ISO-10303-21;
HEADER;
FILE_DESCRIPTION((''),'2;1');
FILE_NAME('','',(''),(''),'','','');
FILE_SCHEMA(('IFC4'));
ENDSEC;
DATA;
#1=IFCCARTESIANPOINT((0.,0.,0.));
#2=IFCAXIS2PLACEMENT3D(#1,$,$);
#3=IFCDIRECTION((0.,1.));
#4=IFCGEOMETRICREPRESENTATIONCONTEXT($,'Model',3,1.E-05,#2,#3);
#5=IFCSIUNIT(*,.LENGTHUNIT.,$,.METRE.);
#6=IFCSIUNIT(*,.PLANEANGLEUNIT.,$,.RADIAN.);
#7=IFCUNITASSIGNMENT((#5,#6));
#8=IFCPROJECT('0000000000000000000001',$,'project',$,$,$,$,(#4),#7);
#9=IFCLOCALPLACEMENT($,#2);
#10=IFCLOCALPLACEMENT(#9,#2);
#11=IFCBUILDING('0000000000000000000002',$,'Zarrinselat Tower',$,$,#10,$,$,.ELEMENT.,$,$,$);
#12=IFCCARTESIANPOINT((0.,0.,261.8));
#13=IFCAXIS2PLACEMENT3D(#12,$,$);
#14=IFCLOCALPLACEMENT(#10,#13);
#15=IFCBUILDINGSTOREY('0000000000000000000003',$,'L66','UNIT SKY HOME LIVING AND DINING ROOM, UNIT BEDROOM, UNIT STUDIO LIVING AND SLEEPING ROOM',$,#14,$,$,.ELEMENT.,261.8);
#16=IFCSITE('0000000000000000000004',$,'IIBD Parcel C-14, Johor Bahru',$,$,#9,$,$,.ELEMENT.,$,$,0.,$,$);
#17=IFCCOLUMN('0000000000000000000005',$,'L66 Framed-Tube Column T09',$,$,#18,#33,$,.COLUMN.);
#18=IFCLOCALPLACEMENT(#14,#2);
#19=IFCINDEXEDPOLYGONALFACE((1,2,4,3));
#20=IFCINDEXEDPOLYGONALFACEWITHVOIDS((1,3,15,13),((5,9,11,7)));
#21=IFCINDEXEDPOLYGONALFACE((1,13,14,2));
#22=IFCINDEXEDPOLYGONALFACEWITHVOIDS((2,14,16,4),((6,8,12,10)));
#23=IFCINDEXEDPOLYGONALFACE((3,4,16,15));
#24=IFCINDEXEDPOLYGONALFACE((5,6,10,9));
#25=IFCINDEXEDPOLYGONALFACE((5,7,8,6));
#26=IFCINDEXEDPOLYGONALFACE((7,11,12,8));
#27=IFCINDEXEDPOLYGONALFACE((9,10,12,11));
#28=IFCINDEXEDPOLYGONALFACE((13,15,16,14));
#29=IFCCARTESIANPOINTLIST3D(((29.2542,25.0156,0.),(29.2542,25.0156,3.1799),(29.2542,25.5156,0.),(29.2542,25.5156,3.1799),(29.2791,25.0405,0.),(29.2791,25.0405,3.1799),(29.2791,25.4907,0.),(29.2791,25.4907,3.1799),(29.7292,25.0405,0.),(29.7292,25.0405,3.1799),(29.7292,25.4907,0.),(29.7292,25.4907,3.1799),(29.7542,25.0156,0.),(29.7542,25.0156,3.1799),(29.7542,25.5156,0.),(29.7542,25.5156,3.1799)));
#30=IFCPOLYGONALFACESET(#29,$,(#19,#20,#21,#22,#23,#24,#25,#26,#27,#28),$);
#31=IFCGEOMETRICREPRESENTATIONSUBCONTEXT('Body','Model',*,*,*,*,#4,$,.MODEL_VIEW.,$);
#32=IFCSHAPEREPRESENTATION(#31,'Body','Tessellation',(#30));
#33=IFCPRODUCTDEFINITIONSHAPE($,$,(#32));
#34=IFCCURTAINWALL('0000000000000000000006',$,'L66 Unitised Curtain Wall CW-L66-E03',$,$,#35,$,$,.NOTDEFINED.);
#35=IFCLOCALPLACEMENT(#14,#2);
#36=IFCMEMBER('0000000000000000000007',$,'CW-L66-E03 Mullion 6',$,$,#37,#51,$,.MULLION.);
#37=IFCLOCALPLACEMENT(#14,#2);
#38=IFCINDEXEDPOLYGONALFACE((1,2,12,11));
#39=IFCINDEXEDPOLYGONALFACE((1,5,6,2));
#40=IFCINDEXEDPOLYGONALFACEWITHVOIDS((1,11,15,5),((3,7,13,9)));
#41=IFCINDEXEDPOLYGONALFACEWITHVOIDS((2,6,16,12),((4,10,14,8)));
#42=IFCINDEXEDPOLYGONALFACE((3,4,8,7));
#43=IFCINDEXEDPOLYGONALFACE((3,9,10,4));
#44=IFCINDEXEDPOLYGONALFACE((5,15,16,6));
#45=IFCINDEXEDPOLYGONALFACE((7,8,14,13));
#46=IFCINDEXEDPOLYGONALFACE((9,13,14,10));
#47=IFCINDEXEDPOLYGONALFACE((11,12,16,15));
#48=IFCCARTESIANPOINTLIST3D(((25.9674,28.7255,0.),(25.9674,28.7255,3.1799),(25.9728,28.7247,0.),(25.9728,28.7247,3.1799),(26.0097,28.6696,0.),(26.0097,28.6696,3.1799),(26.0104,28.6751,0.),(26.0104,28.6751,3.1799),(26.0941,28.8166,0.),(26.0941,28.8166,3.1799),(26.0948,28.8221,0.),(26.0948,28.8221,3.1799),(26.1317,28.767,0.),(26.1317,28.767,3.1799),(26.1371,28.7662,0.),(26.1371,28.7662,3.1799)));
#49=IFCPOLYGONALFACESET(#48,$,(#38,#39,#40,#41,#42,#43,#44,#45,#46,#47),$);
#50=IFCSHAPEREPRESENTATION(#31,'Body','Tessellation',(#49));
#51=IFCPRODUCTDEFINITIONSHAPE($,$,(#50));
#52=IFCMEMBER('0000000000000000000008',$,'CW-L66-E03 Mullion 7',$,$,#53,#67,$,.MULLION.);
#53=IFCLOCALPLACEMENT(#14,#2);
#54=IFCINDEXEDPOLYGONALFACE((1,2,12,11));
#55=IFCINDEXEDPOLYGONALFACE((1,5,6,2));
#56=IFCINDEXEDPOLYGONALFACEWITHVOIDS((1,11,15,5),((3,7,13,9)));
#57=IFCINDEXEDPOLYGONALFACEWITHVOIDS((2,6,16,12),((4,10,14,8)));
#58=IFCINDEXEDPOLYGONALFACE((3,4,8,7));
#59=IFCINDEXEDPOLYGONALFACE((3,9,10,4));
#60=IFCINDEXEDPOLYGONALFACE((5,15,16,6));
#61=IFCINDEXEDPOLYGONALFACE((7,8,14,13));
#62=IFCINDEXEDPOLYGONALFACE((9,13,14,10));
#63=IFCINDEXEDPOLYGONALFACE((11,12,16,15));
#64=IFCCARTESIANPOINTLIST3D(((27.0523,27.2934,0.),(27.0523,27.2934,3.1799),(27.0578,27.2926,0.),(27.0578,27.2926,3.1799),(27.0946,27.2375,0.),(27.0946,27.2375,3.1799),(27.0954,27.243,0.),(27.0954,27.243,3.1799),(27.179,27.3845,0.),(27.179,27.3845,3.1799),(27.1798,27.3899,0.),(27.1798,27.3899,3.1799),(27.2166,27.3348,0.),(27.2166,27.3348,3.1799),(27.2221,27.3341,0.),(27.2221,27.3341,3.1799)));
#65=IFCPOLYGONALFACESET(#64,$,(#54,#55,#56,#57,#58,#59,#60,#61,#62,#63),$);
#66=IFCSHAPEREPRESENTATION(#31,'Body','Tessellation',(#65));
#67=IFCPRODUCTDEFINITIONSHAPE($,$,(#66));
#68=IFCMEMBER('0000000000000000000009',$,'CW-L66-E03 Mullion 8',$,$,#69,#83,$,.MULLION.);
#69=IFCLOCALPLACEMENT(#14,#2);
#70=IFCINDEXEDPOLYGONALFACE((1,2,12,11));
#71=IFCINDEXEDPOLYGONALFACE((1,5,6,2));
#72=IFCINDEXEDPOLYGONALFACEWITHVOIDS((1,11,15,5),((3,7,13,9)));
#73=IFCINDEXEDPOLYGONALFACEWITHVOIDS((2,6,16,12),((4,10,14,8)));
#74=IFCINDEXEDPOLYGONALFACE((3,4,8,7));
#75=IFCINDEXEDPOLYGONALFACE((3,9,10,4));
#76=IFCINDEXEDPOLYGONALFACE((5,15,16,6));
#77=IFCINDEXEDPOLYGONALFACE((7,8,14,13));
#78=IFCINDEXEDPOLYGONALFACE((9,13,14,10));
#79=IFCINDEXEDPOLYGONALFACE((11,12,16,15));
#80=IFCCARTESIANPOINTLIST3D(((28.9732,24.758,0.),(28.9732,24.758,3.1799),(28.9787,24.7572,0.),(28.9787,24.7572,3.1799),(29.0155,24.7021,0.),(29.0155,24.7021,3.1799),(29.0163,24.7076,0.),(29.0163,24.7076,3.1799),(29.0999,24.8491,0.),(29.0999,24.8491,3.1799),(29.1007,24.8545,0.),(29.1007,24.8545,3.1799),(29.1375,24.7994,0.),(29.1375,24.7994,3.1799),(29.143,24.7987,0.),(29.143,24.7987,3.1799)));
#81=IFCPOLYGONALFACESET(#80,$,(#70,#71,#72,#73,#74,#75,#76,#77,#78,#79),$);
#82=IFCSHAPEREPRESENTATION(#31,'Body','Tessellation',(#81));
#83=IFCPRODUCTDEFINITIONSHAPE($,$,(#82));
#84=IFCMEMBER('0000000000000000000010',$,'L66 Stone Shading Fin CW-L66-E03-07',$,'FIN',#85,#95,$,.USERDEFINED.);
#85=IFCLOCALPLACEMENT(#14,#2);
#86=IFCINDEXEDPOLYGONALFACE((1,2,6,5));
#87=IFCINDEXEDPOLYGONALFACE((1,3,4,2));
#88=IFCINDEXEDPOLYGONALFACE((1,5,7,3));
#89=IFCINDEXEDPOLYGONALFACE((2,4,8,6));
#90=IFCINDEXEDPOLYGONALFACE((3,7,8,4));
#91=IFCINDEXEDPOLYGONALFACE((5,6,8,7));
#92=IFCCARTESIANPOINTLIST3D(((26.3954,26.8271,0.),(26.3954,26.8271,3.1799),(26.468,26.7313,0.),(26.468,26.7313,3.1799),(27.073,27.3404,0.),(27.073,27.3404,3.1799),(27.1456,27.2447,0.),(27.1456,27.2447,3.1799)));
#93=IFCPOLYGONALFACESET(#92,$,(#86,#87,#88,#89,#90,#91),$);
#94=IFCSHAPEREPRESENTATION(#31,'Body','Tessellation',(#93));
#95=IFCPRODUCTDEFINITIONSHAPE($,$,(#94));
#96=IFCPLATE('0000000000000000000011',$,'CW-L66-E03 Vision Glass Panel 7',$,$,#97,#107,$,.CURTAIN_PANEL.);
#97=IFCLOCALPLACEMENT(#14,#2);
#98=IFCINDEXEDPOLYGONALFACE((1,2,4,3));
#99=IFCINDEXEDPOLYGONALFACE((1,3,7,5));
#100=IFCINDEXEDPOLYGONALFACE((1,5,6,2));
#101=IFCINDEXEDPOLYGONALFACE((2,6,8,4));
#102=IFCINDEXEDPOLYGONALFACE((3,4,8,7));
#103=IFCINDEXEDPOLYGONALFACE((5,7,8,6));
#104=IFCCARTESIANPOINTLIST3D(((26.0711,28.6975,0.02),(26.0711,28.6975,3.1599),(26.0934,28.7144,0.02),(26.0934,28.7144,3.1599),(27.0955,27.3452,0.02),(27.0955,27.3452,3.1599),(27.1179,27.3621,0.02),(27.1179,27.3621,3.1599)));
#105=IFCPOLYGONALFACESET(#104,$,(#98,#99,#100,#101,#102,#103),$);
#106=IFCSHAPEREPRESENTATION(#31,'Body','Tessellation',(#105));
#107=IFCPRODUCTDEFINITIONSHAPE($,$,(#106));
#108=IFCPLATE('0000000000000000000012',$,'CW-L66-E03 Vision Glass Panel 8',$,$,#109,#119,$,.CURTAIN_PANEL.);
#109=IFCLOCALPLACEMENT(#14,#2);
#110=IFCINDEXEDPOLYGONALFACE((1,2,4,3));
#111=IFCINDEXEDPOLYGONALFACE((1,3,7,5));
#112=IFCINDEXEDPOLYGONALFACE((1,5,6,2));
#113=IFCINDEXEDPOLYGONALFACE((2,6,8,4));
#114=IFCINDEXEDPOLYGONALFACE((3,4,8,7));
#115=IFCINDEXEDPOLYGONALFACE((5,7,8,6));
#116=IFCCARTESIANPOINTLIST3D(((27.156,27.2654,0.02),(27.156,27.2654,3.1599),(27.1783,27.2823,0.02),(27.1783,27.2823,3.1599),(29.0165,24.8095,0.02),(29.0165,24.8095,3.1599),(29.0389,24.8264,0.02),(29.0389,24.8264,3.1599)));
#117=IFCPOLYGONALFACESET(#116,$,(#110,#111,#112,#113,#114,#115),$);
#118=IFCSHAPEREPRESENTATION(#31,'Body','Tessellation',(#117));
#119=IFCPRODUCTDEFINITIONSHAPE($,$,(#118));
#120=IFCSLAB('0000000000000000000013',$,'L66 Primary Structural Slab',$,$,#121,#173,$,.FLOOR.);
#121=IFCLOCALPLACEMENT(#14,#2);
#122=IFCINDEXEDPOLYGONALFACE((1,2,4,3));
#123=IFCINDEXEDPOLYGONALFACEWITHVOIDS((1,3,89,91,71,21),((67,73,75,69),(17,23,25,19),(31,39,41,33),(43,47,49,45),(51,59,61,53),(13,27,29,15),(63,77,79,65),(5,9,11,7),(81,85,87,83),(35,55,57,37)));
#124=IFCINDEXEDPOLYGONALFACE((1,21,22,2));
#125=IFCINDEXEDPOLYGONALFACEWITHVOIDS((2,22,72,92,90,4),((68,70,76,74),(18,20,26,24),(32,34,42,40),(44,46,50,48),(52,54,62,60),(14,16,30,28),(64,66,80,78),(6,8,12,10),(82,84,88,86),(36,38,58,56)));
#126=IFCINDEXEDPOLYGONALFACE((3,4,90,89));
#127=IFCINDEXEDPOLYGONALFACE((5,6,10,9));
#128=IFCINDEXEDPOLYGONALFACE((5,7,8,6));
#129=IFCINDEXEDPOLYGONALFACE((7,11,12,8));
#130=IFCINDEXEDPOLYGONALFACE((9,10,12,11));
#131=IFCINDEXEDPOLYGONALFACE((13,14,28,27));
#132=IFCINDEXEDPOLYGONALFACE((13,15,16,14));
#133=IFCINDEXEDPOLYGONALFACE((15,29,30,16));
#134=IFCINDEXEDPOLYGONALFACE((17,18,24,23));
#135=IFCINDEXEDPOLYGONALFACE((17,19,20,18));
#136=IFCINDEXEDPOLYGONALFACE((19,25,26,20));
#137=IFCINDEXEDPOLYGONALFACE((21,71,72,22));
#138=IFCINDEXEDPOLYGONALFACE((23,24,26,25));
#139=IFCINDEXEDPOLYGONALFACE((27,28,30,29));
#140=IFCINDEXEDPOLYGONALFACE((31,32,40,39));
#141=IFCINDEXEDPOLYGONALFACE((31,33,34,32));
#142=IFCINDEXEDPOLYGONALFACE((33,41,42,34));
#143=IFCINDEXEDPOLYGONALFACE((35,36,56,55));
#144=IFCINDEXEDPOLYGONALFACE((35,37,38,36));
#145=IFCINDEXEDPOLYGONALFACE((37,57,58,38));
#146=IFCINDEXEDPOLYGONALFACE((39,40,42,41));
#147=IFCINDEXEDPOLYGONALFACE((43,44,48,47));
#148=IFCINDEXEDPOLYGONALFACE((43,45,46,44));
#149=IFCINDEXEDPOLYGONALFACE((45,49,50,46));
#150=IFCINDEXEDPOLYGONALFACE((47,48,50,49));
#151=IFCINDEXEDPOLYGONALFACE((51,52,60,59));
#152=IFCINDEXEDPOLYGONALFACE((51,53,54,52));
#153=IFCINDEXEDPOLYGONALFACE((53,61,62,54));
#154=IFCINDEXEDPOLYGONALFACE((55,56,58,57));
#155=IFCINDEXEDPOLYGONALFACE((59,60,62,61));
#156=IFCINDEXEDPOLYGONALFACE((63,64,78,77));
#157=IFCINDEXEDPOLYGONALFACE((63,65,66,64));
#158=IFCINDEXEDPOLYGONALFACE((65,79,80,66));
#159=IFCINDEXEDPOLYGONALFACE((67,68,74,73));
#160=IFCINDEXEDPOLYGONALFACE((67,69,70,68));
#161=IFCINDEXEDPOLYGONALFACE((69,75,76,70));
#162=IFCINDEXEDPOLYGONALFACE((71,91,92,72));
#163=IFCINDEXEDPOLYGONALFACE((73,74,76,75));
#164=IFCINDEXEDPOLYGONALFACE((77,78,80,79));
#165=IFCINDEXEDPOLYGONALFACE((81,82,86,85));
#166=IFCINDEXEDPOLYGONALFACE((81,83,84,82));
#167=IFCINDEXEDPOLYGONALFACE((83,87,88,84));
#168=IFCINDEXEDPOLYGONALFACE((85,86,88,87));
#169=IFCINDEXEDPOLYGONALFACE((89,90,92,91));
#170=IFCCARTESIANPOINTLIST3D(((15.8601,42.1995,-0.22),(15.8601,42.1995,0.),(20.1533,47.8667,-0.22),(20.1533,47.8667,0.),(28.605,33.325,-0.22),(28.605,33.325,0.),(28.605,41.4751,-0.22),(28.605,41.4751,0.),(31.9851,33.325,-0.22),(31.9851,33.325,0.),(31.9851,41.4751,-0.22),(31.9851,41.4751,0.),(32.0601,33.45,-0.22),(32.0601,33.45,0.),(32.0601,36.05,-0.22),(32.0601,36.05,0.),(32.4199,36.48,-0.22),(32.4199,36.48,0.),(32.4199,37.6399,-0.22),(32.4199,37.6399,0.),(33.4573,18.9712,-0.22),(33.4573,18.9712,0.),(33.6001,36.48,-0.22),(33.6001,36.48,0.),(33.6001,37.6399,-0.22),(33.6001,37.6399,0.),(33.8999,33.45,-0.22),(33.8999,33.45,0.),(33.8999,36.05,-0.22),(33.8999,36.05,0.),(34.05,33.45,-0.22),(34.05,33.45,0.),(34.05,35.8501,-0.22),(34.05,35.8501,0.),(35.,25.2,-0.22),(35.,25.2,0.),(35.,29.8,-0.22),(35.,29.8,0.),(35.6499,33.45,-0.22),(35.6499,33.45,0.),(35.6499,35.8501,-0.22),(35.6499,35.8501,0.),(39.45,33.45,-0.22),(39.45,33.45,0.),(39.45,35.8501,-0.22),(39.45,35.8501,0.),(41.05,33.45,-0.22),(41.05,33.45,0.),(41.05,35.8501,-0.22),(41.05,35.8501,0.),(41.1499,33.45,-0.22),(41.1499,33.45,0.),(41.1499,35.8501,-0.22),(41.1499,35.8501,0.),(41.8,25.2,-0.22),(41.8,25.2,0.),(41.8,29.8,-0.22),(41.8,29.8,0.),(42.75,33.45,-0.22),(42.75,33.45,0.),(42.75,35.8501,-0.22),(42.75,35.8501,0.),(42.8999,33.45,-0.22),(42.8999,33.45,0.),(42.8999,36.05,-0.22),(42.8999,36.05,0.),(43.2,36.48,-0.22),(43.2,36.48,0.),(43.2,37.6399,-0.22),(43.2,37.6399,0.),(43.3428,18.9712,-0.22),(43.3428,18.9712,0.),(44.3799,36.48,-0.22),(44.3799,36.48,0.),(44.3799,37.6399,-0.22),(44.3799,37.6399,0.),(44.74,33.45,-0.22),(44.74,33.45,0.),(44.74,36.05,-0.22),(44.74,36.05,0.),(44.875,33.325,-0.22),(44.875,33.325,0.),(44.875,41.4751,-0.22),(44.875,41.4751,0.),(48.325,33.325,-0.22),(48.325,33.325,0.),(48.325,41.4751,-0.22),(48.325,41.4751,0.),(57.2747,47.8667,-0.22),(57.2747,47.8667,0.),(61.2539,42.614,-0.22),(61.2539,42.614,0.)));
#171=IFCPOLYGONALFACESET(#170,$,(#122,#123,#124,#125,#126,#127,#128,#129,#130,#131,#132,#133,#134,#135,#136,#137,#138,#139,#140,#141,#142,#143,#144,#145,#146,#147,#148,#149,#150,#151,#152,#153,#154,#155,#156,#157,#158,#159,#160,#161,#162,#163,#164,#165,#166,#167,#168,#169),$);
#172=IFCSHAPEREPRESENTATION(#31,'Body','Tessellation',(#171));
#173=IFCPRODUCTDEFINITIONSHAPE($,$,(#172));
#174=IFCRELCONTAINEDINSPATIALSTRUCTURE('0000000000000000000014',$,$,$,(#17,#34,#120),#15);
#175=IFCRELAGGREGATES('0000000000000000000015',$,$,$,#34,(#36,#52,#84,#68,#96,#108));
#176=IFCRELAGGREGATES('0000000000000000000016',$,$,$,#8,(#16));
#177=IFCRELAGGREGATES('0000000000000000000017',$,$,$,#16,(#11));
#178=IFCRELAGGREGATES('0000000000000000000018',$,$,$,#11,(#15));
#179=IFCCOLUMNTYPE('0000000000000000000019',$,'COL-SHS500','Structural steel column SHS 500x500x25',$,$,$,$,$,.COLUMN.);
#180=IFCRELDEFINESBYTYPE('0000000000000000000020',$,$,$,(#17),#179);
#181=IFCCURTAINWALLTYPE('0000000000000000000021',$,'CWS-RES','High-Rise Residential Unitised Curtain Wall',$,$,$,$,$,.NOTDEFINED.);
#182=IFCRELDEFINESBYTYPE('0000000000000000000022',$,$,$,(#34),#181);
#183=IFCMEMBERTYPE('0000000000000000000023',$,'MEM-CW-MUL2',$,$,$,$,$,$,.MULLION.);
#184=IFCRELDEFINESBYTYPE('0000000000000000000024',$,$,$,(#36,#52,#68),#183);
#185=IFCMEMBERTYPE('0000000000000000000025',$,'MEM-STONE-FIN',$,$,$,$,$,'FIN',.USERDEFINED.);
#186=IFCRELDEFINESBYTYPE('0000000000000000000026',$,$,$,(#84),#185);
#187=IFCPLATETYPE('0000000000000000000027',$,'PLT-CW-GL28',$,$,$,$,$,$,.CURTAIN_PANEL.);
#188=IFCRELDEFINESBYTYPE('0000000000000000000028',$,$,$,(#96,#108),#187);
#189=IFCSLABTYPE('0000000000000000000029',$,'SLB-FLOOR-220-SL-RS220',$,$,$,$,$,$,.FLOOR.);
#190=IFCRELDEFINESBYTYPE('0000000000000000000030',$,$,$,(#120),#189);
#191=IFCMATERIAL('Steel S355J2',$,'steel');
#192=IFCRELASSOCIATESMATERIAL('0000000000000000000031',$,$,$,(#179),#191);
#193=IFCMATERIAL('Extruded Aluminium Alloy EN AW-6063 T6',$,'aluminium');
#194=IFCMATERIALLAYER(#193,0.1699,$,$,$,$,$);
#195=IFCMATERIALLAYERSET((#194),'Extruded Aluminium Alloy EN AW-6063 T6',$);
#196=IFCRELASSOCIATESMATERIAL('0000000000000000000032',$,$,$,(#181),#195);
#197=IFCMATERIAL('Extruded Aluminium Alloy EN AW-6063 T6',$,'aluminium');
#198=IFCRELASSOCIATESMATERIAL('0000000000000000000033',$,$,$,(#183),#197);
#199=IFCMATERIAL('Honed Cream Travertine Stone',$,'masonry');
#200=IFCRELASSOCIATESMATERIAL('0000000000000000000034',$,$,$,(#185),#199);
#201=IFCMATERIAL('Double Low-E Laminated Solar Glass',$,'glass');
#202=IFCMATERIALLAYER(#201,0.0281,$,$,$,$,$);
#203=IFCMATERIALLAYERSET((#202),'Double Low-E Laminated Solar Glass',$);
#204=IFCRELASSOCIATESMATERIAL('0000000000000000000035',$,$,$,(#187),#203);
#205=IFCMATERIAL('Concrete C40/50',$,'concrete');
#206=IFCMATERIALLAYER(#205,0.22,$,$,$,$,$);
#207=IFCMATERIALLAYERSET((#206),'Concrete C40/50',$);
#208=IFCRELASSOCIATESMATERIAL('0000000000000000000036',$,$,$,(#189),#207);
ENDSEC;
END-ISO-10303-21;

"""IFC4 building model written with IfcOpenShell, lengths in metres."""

from ifc_helpers import new_model, si_unit, direction, frame, origin, origin_2d, place, context, subcontext, project, spatial, polyline, rectangle, hollow_rectangle, outline, extrude, material, layer, layer_set, material_profile, profile_set, type_object, element, aggregate, save


model = new_model("IFC4")

# Units and contexts
model_context = context("Model", 3, precision=1e-05, world=origin(), true_north=direction((0.0, 1.0)))
body_context = subcontext(model_context, "Body", "Model", "MODEL_VIEW")
ifc_project = project(units=[si_unit("LENGTHUNIT", "METRE"), si_unit("PLANEANGLEUNIT", "RADIAN")], contexts=[model_context])

# Site, building, storey
site_placement = place(None, origin())
site = spatial("IfcSite", under=ifc_project, at=site_placement, Name="IIBD Parcel C-14, Johor Bahru", CompositionType="ELEMENT", RefElevation=0.0)
building_placement = place(site_placement, origin())
building = spatial("IfcBuilding", under=site, at=building_placement, Name="Zarrinselat Tower", CompositionType="ELEMENT")
storey_placement = place(building_placement, frame((0.0, 0.0, 261.8)))
storey = spatial("IfcBuildingStorey", under=building, at=storey_placement, Name="L66", Description="UNIT SKY HOME LIVING AND DINING ROOM, UNIT BEDROOM, UNIT STUDIO LIVING AND SLEEPING ROOM", CompositionType="ELEMENT", Elevation=261.8)

# Column
ifc_material_1 = material(Name="Steel S355J2", Category="steel")
ifc_material_profile_1 = material_profile(ifc_material_1, hollow_rectangle(XDim=0.5, YDim=0.5, WallThickness=0.0249, at=origin_2d()), Name="SHS 500x500x25")
ifc_profile_set_1 = profile_set([ifc_material_profile_1], Name="Steel S355J2")
column_type = type_object("IfcColumnType", Name="COL-SHS500", Description="Structural steel column SHS 500x500x25", PredefinedType="COLUMN", material=ifc_profile_set_1)
column_placement = place(storey_placement, frame((29.5042, 25.2656, 0.0), z_axis=(0.0, 0.0, 1.0), x_axis=(1.0, 0.0, 0.0)))
element("IfcColumn", 1, at=column_placement, inside=storey, type_object=column_type, Name="L66 Framed-Tube Column T09", PredefinedType="COLUMN", context=body_context, shape_type="SweptSolid", body=[
    extrude(hollow_rectangle(XDim=0.5, YDim=0.5, WallThickness=0.0249, at=origin_2d()), origin(), (0.0, 0.0, 1.0), 3.1799),
])

# Curtain wall, members, plates
ifc_material_2 = material(Name="Extruded Aluminium Alloy EN AW-6063 T6", Category="aluminium")
ifc_layer_1 = layer(ifc_material_2, 0.1699)
ifc_layer_set_1 = layer_set([ifc_layer_1], Name="Extruded Aluminium Alloy EN AW-6063 T6")
curtain_wall_type = type_object("IfcCurtainWallType", Name="CWS-RES", Description="High-Rise Residential Unitised Curtain Wall", PredefinedType="NOTDEFINED", material=ifc_layer_set_1)
curtain_wall_placement = place(storey_placement, origin())
curtain_wall = element("IfcCurtainWall", 2, at=curtain_wall_placement, inside=storey, type_object=curtain_wall_type, Name="L66 Unitised Curtain Wall CW-L66-E03", PredefinedType="NOTDEFINED")
ifc_material_3 = material(Name="Extruded Aluminium Alloy EN AW-6063 T6", Category="aluminium")
ifc_material_profile_2 = material_profile(ifc_material_3, hollow_rectangle(XDim=0.0701, YDim=0.1599, WallThickness=0.0039, at=origin_2d()), Name="RHS 160x70x4")
ifc_profile_set_2 = profile_set([ifc_material_profile_2], Name="Extruded Aluminium Alloy EN AW-6063 T6")
member_type_1 = type_object("IfcMemberType", Name="MEM-CW-MUL2", PredefinedType="MULLION", material=ifc_profile_set_2)
member_1_placement = place(storey_placement, frame((26.0522, 28.7458, 0.0), z_axis=(0.0, 0.0, 1.0), x_axis=(0.603858, -0.797092, 0.0)))
member_1 = element("IfcMember", 3, at=member_1_placement, type_object=member_type_1, Name="CW-L66-E03 Mullion 6", PredefinedType="MULLION", context=body_context, shape_type="SweptSolid", body=[
    extrude(hollow_rectangle(XDim=0.0701, YDim=0.1599, WallThickness=0.0039, at=origin_2d()), origin(), (0.0, 0.0, 1.0), 3.1799),
])
member_2_placement = place(storey_placement, frame((27.1372, 27.3137, 0.0), z_axis=(0.0, 0.0, 1.0), x_axis=(0.603858, -0.797092, 0.0)))
member_2 = element("IfcMember", 4, at=member_2_placement, type_object=member_type_1, Name="CW-L66-E03 Mullion 7", PredefinedType="MULLION", context=body_context, shape_type="SweptSolid", body=[
    extrude(hollow_rectangle(XDim=0.0701, YDim=0.1599, WallThickness=0.0039, at=origin_2d()), origin(), (0.0, 0.0, 1.0), 3.1799),
])
member_3_placement = place(storey_placement, frame((29.0581, 24.7783, 0.0), z_axis=(0.0, 0.0, 1.0), x_axis=(0.603858, -0.797092, 0.0)))
member_3 = element("IfcMember", 5, at=member_3_placement, type_object=member_type_1, Name="CW-L66-E03 Mullion 8", PredefinedType="MULLION", context=body_context, shape_type="SweptSolid", body=[
    extrude(hollow_rectangle(XDim=0.0701, YDim=0.1599, WallThickness=0.0039, at=origin_2d()), origin(), (0.0, 0.0, 1.0), 3.1799),
])
ifc_material_4 = material(Name="Honed Cream Travertine Stone", Category="masonry")
ifc_material_profile_3 = material_profile(ifc_material_4, rectangle(XDim=0.1201, YDim=0.8501, at=origin_2d()), Name="FIN 850x120")
ifc_profile_set_3 = profile_set([ifc_material_profile_3], Name="Honed Cream Travertine Stone")
member_type_2 = type_object("IfcMemberType", Name="MEM-STONE-FIN", ElementType="FIN", PredefinedType="USERDEFINED", material=ifc_profile_set_3)
member_4_placement = place(storey_placement, frame((26.7705, 27.0359, 0.0), z_axis=(0.0, 0.0, 1.0), x_axis=(-0.603858, 0.797092, 0.0)))
member_4 = element("IfcMember", 6, at=member_4_placement, type_object=member_type_2, Name="L66 Stone Shading Fin CW-L66-E03-07", ObjectType="FIN", PredefinedType="USERDEFINED", context=body_context, shape_type="SweptSolid", body=[
    extrude(rectangle(XDim=0.1201, YDim=0.8501, at=origin_2d()), origin(), (0.0, 0.0, 1.0), 3.1799),
])
ifc_material_5 = material(Name="Double Low-E Laminated Solar Glass", Category="glass")
ifc_layer_2 = layer(ifc_material_5, 0.0281)
ifc_layer_set_2 = layer_set([ifc_layer_2], Name="Double Low-E Laminated Solar Glass")
plate_type = type_object("IfcPlateType", Name="PLT-CW-GL28", PredefinedType="CURTAIN_PANEL", material=ifc_layer_set_2)
plate_1_placement = place(storey_placement, frame((26.5945, 28.0298, 0.02), z_axis=(0.0, 0.0, 1.0), x_axis=(0.603858, -0.797092, 0.0)))
plate_1 = element("IfcPlate", 7, at=plate_1_placement, type_object=plate_type, Name="CW-L66-E03 Vision Glass Panel 7", PredefinedType="CURTAIN_PANEL", context=body_context, shape_type="SweptSolid", body=[
    extrude(rectangle(XDim=1.6965, YDim=0.0281, at=origin_2d()), origin(), (0.0, 0.0, 1.0), 3.1399),
])
plate_2_placement = place(storey_placement, frame((28.0974, 26.0459, 0.02), z_axis=(0.0, 0.0, 1.0), x_axis=(0.603858, -0.797092, 0.0)))
plate_2 = element("IfcPlate", 8, at=plate_2_placement, type_object=plate_type, Name="CW-L66-E03 Vision Glass Panel 8", PredefinedType="CURTAIN_PANEL", context=body_context, shape_type="SweptSolid", body=[
    extrude(rectangle(XDim=3.0811, YDim=0.0281, at=origin_2d()), origin(), (0.0, 0.0, 1.0), 3.1399),
])
aggregate(curtain_wall, [member_1, member_2, member_4, member_3, plate_1, plate_2])

# Slab
ifc_material_6 = material(Name="Concrete C40/50", Category="concrete")
ifc_layer_3 = layer(ifc_material_6, 0.22)
ifc_layer_set_3 = layer_set([ifc_layer_3], Name="Concrete C40/50")
slab_type_1 = type_object("IfcSlabType", Name="SLB-FLOOR-220-SL-RS220", PredefinedType="FLOOR", material=ifc_layer_set_3)
slab_1_placement = place(storey_placement, frame((0.0, 0.0, -0.22)))
element("IfcSlab", 9, at=slab_1_placement, inside=storey, type_object=slab_type_1, Name="L66 Primary Structural Slab", PredefinedType="FLOOR", context=body_context, shape_type="SweptSolid", body=[
    extrude(outline(polyline([(57.2747, 47.8667), (20.1533, 47.8667), (15.8601, 42.1995), (33.4573, 18.9712), (43.3428, 18.9712), (61.2539, 42.614), (57.2747, 47.8667)]), holes=[polyline([(41.8, 25.2), (35.0, 25.2), (35.0, 29.8), (41.8, 29.8), (41.8, 25.2)]), polyline([(35.6499, 33.45), (34.05, 33.45), (34.05, 35.8501), (35.6499, 35.8501), (35.6499, 33.45)]), polyline([(41.05, 33.45), (39.45, 33.45), (39.45, 35.8501), (41.05, 35.8501), (41.05, 33.45)]), polyline([(41.1499, 33.45), (41.1499, 35.8501), (42.75, 35.8501), (42.75, 33.45), (41.1499, 33.45)]), polyline([(32.0601, 33.45), (32.0601, 36.05), (33.8999, 36.05), (33.8999, 33.45), (32.0601, 33.45)]), polyline([(44.74, 33.45), (42.8999, 33.45), (42.8999, 36.05), (44.74, 36.05), (44.74, 33.45)]), polyline([(33.6001, 36.48), (32.4199, 36.48), (32.4199, 37.6399), (33.6001, 37.6399), (33.6001, 36.48)]), polyline([(44.3799, 36.48), (43.2, 36.48), (43.2, 37.6399), (44.3799, 37.6399), (44.3799, 36.48)]), polyline([(31.9851, 33.325), (28.605, 33.325), (28.605, 41.4751), (31.9851, 41.4751), (31.9851, 33.325)]), polyline([(48.325, 33.325), (44.875, 33.325), (44.875, 41.4751), (48.325, 41.4751), (48.325, 33.325)])]), origin(), (0.0, 0.0, 1.0), 0.22),
])

save(model, "model.ifc")
